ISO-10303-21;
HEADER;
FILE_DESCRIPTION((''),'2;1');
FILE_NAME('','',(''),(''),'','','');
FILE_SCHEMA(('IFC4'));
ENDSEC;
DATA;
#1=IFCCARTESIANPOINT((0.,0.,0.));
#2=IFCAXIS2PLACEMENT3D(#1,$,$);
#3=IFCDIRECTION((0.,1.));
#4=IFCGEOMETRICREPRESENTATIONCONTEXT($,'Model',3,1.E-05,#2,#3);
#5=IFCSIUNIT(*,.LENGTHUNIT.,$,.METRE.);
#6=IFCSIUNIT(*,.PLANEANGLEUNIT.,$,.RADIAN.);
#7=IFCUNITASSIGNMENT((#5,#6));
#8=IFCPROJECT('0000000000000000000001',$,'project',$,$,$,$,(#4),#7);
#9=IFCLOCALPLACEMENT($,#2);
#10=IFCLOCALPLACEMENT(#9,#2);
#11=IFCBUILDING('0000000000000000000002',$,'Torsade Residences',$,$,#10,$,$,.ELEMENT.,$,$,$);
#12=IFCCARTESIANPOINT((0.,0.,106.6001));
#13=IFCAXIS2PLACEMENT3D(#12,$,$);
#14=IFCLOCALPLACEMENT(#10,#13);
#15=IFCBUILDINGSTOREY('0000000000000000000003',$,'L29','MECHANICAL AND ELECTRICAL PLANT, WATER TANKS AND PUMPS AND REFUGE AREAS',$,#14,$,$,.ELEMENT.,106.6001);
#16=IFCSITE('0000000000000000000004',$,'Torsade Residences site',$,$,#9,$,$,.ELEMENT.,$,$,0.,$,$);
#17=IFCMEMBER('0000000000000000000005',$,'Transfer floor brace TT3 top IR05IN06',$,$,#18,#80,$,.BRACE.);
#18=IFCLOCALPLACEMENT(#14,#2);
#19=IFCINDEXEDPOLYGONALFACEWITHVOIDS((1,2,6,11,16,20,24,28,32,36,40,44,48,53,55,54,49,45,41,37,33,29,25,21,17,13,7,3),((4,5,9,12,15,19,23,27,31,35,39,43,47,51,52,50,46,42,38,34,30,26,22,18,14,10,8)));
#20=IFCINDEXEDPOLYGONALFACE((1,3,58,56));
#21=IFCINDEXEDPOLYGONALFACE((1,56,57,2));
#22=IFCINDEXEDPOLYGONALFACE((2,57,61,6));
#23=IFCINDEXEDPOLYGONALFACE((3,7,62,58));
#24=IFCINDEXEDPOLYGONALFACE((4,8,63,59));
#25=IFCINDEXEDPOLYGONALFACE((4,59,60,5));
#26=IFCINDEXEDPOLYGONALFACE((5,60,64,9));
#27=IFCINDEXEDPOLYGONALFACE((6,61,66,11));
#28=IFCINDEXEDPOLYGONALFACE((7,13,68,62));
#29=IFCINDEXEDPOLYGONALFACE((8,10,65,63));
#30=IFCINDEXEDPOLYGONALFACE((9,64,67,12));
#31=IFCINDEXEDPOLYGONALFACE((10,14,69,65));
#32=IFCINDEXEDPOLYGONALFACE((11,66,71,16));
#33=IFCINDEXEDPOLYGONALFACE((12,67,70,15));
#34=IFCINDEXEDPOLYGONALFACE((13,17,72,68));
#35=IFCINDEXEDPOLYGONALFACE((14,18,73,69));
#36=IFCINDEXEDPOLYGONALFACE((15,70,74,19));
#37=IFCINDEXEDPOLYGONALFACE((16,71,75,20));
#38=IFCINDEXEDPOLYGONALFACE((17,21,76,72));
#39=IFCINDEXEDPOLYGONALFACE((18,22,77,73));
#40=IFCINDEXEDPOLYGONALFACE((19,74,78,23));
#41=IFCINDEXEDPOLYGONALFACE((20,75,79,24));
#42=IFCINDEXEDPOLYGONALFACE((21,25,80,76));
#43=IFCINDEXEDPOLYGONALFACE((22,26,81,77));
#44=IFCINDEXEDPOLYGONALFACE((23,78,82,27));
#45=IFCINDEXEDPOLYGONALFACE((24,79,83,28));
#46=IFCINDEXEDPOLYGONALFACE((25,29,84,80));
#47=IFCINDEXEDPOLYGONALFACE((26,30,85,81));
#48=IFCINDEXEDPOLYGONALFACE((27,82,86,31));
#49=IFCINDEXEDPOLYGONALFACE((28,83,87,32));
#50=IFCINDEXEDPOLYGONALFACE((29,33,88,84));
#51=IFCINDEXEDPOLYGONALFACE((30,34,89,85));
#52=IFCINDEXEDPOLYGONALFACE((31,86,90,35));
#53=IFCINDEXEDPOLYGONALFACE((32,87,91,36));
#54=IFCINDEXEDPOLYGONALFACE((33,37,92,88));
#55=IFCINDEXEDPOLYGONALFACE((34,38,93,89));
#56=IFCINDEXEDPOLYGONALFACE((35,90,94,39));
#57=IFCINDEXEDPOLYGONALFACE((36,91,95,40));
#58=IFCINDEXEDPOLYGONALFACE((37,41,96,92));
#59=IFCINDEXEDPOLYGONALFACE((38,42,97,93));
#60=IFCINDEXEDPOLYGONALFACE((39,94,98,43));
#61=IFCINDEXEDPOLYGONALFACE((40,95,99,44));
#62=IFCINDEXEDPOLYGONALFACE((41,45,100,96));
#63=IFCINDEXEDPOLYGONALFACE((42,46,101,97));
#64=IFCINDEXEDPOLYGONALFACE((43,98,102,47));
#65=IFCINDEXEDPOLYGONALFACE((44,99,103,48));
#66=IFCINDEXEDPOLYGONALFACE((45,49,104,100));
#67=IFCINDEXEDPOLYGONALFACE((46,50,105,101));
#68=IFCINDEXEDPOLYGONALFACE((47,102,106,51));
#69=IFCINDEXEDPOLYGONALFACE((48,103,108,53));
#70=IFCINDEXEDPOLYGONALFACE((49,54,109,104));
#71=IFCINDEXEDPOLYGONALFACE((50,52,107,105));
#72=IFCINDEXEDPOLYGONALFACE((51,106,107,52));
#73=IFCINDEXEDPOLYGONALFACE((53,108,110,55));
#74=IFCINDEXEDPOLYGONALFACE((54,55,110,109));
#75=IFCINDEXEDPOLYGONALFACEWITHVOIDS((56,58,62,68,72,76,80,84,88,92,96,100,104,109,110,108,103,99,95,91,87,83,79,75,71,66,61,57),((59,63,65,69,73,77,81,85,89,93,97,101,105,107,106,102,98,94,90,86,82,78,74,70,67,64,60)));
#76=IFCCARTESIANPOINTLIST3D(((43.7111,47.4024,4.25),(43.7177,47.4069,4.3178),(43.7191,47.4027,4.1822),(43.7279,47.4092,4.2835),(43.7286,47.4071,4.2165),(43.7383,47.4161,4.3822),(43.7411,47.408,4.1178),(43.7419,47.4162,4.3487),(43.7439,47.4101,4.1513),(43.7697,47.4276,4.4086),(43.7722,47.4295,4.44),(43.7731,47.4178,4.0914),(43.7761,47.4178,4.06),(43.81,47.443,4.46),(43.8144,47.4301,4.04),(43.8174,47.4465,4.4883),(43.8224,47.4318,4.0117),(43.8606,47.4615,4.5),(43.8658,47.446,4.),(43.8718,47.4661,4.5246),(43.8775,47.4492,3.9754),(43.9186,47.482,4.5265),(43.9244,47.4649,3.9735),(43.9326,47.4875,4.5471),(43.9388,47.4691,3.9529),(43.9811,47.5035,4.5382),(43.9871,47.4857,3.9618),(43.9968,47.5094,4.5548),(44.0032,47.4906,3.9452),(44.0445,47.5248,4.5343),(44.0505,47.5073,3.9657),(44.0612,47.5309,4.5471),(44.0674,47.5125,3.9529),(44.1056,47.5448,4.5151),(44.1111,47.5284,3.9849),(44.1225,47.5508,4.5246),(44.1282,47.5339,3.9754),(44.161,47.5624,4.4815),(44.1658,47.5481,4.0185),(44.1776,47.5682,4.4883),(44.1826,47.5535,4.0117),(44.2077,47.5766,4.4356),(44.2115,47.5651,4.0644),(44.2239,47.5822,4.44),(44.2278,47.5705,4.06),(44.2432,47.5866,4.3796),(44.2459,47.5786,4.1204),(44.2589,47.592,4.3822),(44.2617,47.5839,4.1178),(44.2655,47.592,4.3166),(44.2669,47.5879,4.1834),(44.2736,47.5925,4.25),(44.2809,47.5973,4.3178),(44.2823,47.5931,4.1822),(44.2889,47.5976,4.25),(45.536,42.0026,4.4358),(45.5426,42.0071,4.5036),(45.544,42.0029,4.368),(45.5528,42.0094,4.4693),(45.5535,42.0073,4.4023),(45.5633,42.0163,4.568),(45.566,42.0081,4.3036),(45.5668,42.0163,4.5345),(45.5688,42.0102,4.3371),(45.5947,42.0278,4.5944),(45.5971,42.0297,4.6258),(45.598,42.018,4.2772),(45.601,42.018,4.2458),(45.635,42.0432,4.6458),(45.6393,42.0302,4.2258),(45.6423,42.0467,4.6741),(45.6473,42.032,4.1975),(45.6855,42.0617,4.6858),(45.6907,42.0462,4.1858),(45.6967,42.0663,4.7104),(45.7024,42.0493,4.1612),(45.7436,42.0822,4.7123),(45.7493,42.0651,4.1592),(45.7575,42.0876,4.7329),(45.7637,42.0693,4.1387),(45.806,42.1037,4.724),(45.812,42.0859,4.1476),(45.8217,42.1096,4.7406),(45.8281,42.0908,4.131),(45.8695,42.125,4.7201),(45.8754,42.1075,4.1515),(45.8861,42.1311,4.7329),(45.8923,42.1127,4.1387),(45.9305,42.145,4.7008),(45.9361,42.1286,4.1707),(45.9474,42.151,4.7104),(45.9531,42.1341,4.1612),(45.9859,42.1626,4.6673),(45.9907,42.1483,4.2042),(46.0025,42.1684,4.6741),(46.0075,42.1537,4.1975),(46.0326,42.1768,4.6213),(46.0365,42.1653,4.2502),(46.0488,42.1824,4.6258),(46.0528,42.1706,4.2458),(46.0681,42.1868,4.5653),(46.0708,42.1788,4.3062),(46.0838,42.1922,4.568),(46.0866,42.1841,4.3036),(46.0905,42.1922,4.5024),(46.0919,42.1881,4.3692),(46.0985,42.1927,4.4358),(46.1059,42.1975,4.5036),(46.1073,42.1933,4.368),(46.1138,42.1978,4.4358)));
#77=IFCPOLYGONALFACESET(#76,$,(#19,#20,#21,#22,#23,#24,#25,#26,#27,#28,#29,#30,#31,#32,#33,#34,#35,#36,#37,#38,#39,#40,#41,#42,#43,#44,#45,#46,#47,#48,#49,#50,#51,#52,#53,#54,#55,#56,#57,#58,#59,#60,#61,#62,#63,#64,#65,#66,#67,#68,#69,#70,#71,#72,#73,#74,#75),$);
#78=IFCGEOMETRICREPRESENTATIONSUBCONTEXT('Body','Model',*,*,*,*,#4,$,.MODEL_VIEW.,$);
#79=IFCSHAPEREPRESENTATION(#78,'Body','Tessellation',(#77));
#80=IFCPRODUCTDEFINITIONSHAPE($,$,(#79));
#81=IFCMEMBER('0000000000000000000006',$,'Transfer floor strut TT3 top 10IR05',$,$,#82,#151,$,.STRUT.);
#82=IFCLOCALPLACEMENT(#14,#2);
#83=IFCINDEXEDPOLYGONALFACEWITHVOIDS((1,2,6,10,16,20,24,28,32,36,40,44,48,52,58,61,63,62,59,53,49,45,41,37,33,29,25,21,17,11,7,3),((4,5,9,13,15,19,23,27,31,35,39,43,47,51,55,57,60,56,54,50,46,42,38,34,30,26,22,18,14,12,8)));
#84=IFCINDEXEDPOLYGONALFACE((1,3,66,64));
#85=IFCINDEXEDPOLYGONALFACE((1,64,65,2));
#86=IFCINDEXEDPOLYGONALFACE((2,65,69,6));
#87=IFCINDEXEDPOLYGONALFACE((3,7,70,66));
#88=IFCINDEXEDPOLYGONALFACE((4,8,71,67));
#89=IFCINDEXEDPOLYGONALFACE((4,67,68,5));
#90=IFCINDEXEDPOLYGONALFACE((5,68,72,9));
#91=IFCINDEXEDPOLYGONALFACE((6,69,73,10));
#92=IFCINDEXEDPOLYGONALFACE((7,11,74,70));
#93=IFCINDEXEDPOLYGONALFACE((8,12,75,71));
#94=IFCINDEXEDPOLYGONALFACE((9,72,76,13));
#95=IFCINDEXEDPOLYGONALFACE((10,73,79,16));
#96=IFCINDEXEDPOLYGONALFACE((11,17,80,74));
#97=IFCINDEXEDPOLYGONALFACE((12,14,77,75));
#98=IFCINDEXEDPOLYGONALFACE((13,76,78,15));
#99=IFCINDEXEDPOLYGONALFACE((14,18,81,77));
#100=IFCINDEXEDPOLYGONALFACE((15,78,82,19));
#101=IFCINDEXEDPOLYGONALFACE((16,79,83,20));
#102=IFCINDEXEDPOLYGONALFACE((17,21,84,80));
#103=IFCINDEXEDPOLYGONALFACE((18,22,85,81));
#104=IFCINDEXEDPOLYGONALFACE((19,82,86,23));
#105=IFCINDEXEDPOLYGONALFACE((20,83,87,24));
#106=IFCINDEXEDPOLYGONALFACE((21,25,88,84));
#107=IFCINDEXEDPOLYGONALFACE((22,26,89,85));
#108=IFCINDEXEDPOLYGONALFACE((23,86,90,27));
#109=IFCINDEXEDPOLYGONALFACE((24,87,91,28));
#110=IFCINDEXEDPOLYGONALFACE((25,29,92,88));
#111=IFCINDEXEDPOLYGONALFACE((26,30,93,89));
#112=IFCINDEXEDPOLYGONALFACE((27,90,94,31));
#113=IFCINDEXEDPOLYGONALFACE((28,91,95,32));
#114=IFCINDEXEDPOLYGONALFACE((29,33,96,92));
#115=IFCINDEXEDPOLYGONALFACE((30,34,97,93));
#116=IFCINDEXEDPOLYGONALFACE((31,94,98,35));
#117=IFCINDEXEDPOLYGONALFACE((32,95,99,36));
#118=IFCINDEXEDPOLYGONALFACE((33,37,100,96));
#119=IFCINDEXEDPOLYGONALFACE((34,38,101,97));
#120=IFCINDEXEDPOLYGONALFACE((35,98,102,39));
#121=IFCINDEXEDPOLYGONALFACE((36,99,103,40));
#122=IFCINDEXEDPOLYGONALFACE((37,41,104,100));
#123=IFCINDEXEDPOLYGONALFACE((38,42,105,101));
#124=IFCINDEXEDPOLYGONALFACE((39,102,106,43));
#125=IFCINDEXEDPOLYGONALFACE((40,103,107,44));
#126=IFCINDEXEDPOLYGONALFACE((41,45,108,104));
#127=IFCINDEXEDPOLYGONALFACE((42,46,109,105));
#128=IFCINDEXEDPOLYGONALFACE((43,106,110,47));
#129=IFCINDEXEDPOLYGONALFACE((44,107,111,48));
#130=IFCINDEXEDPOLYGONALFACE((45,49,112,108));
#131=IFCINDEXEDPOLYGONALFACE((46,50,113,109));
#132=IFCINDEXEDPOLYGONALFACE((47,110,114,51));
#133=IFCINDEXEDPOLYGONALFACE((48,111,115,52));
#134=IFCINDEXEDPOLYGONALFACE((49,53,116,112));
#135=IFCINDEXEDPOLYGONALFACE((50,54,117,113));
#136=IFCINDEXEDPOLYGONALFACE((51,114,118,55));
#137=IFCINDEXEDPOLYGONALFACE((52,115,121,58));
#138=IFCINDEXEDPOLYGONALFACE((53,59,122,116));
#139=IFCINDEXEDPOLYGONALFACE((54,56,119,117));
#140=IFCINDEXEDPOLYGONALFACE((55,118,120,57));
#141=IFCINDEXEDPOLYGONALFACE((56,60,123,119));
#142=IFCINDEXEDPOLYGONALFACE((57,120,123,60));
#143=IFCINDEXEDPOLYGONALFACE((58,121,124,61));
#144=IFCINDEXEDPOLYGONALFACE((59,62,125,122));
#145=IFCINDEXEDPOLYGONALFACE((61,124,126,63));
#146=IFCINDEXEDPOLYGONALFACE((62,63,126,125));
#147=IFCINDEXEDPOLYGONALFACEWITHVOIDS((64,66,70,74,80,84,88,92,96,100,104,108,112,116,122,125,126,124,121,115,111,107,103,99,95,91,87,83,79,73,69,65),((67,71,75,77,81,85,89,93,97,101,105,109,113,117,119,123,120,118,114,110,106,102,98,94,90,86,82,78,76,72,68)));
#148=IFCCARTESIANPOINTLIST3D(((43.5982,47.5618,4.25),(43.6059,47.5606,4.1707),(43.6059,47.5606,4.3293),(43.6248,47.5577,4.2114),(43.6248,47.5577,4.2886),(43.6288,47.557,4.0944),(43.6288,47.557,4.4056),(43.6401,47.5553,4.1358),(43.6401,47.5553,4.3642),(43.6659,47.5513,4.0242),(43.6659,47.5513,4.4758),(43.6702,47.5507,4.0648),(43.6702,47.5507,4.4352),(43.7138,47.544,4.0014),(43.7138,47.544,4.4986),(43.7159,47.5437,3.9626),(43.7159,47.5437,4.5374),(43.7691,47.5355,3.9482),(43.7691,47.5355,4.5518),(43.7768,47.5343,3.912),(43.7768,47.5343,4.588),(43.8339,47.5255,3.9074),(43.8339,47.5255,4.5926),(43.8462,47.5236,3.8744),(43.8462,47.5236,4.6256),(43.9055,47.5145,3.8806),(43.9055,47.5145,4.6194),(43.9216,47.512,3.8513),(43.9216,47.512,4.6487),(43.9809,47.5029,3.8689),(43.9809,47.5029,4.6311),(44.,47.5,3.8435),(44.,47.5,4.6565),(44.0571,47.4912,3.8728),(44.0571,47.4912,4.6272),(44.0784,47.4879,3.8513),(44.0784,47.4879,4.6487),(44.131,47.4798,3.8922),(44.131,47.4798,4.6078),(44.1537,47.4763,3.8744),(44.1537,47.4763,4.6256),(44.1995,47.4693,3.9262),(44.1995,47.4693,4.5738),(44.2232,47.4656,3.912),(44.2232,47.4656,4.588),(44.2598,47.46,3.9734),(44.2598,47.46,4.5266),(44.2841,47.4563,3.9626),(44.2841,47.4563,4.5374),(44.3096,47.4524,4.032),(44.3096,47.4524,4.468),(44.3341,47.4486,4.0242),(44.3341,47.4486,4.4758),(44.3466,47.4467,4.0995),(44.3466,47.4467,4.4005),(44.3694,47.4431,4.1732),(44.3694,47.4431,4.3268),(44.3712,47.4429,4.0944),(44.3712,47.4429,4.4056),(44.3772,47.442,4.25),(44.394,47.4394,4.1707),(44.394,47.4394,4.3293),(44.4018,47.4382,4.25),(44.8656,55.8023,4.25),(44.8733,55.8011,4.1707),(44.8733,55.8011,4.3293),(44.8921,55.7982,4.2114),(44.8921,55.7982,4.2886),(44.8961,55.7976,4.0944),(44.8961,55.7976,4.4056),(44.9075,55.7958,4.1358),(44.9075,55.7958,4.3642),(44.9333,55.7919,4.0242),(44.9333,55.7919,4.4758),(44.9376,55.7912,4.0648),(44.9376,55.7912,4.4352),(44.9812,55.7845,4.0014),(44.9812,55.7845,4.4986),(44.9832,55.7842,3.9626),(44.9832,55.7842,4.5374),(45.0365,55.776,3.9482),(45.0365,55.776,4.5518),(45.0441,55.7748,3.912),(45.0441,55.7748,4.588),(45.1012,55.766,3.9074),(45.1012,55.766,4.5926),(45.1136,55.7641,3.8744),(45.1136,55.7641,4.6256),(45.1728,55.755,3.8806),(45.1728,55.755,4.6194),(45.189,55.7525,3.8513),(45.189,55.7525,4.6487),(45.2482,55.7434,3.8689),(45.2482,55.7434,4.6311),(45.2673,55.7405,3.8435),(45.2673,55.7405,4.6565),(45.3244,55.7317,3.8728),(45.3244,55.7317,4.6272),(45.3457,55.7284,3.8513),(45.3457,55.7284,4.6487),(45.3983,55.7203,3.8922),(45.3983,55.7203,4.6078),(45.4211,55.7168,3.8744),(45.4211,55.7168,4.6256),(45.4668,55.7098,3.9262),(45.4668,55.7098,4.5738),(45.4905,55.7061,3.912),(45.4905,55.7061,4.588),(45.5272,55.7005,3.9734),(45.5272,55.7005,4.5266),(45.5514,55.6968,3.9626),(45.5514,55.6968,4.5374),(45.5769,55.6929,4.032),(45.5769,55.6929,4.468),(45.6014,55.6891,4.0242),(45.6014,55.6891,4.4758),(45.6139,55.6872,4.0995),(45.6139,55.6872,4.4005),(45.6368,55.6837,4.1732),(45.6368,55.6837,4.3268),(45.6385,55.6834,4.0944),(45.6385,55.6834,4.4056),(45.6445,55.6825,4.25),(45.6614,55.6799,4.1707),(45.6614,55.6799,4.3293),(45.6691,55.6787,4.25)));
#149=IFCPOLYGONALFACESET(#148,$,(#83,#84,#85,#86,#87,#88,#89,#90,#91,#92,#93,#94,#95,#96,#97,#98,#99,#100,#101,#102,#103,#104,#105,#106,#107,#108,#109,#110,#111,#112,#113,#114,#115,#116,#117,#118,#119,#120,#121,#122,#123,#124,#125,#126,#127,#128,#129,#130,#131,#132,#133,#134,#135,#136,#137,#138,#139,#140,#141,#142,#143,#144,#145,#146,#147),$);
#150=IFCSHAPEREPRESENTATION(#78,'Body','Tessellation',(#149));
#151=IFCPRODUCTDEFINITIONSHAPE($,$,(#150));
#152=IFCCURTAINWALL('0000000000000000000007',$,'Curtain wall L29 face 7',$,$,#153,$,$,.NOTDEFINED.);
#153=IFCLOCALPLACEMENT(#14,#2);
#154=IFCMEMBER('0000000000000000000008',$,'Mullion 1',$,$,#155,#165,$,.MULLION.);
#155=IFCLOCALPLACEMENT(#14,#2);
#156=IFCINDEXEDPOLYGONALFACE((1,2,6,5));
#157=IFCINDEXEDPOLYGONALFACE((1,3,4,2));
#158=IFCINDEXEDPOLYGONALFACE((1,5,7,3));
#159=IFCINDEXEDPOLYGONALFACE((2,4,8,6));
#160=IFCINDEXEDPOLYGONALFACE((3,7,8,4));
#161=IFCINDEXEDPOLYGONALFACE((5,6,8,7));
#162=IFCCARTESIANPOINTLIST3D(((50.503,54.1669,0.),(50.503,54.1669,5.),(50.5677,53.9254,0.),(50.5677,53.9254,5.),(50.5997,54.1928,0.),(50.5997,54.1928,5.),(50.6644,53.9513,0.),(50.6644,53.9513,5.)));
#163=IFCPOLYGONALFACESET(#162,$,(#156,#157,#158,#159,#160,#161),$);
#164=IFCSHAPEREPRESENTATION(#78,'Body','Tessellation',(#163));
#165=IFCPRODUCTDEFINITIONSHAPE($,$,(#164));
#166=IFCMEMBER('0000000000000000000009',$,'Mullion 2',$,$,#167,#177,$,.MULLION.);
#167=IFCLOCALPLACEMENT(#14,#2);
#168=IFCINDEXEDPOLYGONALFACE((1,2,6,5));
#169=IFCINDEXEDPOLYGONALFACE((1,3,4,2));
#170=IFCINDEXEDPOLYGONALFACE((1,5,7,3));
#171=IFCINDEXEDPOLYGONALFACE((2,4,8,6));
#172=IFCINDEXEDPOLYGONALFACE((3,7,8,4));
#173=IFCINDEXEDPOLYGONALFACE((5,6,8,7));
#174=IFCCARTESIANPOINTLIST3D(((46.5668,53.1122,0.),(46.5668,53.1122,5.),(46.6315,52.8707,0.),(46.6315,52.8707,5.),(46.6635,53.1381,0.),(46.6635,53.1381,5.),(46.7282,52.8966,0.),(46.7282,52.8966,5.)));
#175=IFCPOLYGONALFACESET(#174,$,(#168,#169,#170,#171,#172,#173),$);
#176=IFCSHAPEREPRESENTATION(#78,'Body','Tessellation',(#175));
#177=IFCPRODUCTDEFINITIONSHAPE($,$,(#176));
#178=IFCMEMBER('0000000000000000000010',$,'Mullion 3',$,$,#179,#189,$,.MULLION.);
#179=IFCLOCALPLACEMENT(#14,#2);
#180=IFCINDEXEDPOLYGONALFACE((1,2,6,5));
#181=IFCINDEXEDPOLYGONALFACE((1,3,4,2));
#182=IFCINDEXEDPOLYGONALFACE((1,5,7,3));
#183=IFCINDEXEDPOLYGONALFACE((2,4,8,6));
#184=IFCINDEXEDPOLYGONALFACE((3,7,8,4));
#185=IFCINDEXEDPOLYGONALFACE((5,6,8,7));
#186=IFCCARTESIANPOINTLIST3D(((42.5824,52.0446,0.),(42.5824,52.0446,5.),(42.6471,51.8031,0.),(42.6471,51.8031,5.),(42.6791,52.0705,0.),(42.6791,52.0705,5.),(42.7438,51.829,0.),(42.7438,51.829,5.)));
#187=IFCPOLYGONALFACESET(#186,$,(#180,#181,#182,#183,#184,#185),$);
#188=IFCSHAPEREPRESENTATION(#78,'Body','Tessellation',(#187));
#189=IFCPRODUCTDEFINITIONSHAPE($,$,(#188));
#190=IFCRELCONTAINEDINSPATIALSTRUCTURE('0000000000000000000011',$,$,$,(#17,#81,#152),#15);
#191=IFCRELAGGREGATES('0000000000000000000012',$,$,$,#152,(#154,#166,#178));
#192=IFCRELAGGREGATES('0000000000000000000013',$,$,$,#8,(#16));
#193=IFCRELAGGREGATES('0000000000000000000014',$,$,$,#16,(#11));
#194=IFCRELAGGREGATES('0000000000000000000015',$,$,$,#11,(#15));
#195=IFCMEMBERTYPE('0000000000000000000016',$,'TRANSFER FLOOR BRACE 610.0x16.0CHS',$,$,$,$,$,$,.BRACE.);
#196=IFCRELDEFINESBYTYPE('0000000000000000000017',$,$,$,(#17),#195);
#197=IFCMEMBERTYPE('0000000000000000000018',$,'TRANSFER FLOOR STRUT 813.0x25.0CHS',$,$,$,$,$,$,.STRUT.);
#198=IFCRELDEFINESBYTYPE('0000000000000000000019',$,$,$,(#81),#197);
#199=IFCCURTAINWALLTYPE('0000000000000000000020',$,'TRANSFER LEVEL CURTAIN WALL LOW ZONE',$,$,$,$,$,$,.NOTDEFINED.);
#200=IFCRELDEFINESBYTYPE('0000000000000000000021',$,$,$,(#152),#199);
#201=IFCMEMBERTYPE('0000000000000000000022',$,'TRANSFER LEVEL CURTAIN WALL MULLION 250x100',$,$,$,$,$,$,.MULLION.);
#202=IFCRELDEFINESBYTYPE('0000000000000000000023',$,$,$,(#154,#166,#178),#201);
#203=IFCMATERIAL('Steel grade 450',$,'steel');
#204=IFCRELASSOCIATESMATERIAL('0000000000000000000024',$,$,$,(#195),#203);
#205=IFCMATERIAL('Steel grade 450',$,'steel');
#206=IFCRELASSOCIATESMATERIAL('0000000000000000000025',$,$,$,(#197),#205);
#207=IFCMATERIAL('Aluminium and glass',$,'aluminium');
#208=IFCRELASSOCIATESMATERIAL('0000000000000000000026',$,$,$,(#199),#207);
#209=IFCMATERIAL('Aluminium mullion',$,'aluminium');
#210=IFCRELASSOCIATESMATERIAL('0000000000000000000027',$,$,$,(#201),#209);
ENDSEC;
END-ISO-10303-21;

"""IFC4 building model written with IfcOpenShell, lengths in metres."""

from ifc_helpers import new_model, si_unit, direction, frame, origin, origin_2d, place, context, subcontext, project, spatial, rectangle, hollow_circle, extrude, material, material_profile, profile_set, type_object, element, aggregate, save


model = new_model("IFC4")

# Units and contexts
model_context = context("Model", 3, precision=1e-05, world=origin(), true_north=direction((0.0, 1.0)))
body_context = subcontext(model_context, "Body", "Model", "MODEL_VIEW")
ifc_project = project(units=[si_unit("LENGTHUNIT", "METRE"), si_unit("PLANEANGLEUNIT", "RADIAN")], contexts=[model_context])

# Site, building, storey
site_placement = place(None, origin())
site = spatial("IfcSite", under=ifc_project, at=site_placement, Name="Torsade Residences site", CompositionType="ELEMENT", RefElevation=0.0)
building_placement = place(site_placement, origin())
building = spatial("IfcBuilding", under=site, at=building_placement, Name="Torsade Residences", CompositionType="ELEMENT")
storey_placement = place(building_placement, frame((0.0, 0.0, 106.6001)))
storey = spatial("IfcBuildingStorey", under=building, at=storey_placement, Name="L29", Description="MECHANICAL AND ELECTRICAL PLANT, WATER TANKS AND PUMPS AND REFUGE AREAS", CompositionType="ELEMENT", Elevation=106.6001)

# Members
ifc_material_1 = material(Name="Steel grade 450", Category="steel")
ifc_material_profile_1 = material_profile(ifc_material_1, hollow_circle(Radius=0.3049, WallThickness=0.0161, at=origin_2d()), Name="610.0x16.0CHS")
ifc_profile_set_1 = profile_set([ifc_material_profile_1], Name="Steel grade 450")
member_type_1 = type_object("IfcMemberType", Name="TRANSFER FLOOR BRACE 610.0x16.0CHS", PredefinedType="BRACE", material=ifc_profile_set_1)
member_1_placement = place(storey_placement, frame((44.0, 47.5, 4.25), z_axis=(0.32, -0.946857, 0.032578), x_axis=(0.94736, 0.32017, 0.0)))
element("IfcMember", 1, at=member_1_placement, inside=storey, type_object=member_type_1, Name="Transfer floor brace TT3 top IR05IN06", PredefinedType="BRACE", context=body_context, shape_type="SweptSolid", body=[
    extrude(hollow_circle(Radius=0.3049, WallThickness=0.0161, at=origin_2d()), origin(), (0.0, 0.0, 1.0), 5.7029),
])
ifc_material_2 = material(Name="Steel grade 450", Category="steel")
ifc_material_profile_2 = material_profile(ifc_material_2, hollow_circle(Radius=0.4065, WallThickness=0.0249, at=origin_2d()), Name="813.0x25.0CHS")
ifc_profile_set_2 = profile_set([ifc_material_profile_2], Name="Steel grade 450")
member_type_2 = type_object("IfcMemberType", Name="TRANSFER FLOOR STRUT 813.0x25.0CHS", PredefinedType="STRUT", material=ifc_profile_set_2)
member_2_placement = place(storey_placement, frame((45.2673, 55.7405, 4.25), z_axis=(-0.152007, -0.988379, 0.0), x_axis=(0.988379, -0.152007, 0.0)))
element("IfcMember", 2, at=member_2_placement, inside=storey, type_object=member_type_2, Name="Transfer floor strut TT3 top 10IR05", PredefinedType="STRUT", context=body_context, shape_type="SweptSolid", body=[
    extrude(hollow_circle(Radius=0.4065, WallThickness=0.0249, at=origin_2d()), origin(), (0.0, 0.0, 1.0), 8.3374),
])

# Curtain wall, members
ifc_material_3 = material(Name="Aluminium and glass", Category="aluminium")
curtain_wall_type = type_object("IfcCurtainWallType", Name="TRANSFER LEVEL CURTAIN WALL LOW ZONE", PredefinedType="NOTDEFINED", material=ifc_material_3)
curtain_wall_placement = place(storey_placement, origin())
curtain_wall = element("IfcCurtainWall", 3, at=curtain_wall_placement, inside=storey, type_object=curtain_wall_type, Name="Curtain wall L29 face 7", PredefinedType="NOTDEFINED")
ifc_material_4 = material(Name="Aluminium mullion", Category="aluminium")
ifc_material_profile_3 = material_profile(ifc_material_4, rectangle(XDim=0.25, YDim=0.1001, at=origin_2d()), Name="TRANSFER LEVEL CURTAIN WALL MULLION 250x100")
ifc_profile_set_3 = profile_set([ifc_material_profile_3], Name="Aluminium mullion")
member_type_3 = type_object("IfcMemberType", Name="TRANSFER LEVEL CURTAIN WALL MULLION 250x100", PredefinedType="MULLION", material=ifc_profile_set_3)
member_3_placement = place(storey_placement, frame((50.5837, 54.0591, 0.0), z_axis=(0.0, 0.0, 1.0), x_axis=(0.258819, -0.965926, 0.0)))
member_3 = element("IfcMember", 4, at=member_3_placement, type_object=member_type_3, Name="Mullion 1", PredefinedType="MULLION", context=body_context, shape_type="SweptSolid", body=[
    extrude(rectangle(XDim=0.25, YDim=0.1001, at=origin_2d()), origin(), (0.0, 0.0, 1.0), 5.0),
])
member_4_placement = place(storey_placement, frame((46.6475, 53.0044, 0.0), z_axis=(0.0, 0.0, 1.0), x_axis=(0.258819, -0.965926, 0.0)))
member_4 = element("IfcMember", 5, at=member_4_placement, type_object=member_type_3, Name="Mullion 2", PredefinedType="MULLION", context=body_context, shape_type="SweptSolid", body=[
    extrude(rectangle(XDim=0.25, YDim=0.1001, at=origin_2d()), origin(), (0.0, 0.0, 1.0), 5.0),
])
member_5_placement = place(storey_placement, frame((42.6631, 51.9368, 0.0), z_axis=(0.0, 0.0, 1.0), x_axis=(0.258819, -0.965926, 0.0)))
member_5 = element("IfcMember", 6, at=member_5_placement, type_object=member_type_3, Name="Mullion 3", PredefinedType="MULLION", context=body_context, shape_type="SweptSolid", body=[
    extrude(rectangle(XDim=0.25, YDim=0.1001, at=origin_2d()), origin(), (0.0, 0.0, 1.0), 5.0),
])

aggregate(curtain_wall, [member_3, member_4, member_5])

save(model, "model.ifc")
